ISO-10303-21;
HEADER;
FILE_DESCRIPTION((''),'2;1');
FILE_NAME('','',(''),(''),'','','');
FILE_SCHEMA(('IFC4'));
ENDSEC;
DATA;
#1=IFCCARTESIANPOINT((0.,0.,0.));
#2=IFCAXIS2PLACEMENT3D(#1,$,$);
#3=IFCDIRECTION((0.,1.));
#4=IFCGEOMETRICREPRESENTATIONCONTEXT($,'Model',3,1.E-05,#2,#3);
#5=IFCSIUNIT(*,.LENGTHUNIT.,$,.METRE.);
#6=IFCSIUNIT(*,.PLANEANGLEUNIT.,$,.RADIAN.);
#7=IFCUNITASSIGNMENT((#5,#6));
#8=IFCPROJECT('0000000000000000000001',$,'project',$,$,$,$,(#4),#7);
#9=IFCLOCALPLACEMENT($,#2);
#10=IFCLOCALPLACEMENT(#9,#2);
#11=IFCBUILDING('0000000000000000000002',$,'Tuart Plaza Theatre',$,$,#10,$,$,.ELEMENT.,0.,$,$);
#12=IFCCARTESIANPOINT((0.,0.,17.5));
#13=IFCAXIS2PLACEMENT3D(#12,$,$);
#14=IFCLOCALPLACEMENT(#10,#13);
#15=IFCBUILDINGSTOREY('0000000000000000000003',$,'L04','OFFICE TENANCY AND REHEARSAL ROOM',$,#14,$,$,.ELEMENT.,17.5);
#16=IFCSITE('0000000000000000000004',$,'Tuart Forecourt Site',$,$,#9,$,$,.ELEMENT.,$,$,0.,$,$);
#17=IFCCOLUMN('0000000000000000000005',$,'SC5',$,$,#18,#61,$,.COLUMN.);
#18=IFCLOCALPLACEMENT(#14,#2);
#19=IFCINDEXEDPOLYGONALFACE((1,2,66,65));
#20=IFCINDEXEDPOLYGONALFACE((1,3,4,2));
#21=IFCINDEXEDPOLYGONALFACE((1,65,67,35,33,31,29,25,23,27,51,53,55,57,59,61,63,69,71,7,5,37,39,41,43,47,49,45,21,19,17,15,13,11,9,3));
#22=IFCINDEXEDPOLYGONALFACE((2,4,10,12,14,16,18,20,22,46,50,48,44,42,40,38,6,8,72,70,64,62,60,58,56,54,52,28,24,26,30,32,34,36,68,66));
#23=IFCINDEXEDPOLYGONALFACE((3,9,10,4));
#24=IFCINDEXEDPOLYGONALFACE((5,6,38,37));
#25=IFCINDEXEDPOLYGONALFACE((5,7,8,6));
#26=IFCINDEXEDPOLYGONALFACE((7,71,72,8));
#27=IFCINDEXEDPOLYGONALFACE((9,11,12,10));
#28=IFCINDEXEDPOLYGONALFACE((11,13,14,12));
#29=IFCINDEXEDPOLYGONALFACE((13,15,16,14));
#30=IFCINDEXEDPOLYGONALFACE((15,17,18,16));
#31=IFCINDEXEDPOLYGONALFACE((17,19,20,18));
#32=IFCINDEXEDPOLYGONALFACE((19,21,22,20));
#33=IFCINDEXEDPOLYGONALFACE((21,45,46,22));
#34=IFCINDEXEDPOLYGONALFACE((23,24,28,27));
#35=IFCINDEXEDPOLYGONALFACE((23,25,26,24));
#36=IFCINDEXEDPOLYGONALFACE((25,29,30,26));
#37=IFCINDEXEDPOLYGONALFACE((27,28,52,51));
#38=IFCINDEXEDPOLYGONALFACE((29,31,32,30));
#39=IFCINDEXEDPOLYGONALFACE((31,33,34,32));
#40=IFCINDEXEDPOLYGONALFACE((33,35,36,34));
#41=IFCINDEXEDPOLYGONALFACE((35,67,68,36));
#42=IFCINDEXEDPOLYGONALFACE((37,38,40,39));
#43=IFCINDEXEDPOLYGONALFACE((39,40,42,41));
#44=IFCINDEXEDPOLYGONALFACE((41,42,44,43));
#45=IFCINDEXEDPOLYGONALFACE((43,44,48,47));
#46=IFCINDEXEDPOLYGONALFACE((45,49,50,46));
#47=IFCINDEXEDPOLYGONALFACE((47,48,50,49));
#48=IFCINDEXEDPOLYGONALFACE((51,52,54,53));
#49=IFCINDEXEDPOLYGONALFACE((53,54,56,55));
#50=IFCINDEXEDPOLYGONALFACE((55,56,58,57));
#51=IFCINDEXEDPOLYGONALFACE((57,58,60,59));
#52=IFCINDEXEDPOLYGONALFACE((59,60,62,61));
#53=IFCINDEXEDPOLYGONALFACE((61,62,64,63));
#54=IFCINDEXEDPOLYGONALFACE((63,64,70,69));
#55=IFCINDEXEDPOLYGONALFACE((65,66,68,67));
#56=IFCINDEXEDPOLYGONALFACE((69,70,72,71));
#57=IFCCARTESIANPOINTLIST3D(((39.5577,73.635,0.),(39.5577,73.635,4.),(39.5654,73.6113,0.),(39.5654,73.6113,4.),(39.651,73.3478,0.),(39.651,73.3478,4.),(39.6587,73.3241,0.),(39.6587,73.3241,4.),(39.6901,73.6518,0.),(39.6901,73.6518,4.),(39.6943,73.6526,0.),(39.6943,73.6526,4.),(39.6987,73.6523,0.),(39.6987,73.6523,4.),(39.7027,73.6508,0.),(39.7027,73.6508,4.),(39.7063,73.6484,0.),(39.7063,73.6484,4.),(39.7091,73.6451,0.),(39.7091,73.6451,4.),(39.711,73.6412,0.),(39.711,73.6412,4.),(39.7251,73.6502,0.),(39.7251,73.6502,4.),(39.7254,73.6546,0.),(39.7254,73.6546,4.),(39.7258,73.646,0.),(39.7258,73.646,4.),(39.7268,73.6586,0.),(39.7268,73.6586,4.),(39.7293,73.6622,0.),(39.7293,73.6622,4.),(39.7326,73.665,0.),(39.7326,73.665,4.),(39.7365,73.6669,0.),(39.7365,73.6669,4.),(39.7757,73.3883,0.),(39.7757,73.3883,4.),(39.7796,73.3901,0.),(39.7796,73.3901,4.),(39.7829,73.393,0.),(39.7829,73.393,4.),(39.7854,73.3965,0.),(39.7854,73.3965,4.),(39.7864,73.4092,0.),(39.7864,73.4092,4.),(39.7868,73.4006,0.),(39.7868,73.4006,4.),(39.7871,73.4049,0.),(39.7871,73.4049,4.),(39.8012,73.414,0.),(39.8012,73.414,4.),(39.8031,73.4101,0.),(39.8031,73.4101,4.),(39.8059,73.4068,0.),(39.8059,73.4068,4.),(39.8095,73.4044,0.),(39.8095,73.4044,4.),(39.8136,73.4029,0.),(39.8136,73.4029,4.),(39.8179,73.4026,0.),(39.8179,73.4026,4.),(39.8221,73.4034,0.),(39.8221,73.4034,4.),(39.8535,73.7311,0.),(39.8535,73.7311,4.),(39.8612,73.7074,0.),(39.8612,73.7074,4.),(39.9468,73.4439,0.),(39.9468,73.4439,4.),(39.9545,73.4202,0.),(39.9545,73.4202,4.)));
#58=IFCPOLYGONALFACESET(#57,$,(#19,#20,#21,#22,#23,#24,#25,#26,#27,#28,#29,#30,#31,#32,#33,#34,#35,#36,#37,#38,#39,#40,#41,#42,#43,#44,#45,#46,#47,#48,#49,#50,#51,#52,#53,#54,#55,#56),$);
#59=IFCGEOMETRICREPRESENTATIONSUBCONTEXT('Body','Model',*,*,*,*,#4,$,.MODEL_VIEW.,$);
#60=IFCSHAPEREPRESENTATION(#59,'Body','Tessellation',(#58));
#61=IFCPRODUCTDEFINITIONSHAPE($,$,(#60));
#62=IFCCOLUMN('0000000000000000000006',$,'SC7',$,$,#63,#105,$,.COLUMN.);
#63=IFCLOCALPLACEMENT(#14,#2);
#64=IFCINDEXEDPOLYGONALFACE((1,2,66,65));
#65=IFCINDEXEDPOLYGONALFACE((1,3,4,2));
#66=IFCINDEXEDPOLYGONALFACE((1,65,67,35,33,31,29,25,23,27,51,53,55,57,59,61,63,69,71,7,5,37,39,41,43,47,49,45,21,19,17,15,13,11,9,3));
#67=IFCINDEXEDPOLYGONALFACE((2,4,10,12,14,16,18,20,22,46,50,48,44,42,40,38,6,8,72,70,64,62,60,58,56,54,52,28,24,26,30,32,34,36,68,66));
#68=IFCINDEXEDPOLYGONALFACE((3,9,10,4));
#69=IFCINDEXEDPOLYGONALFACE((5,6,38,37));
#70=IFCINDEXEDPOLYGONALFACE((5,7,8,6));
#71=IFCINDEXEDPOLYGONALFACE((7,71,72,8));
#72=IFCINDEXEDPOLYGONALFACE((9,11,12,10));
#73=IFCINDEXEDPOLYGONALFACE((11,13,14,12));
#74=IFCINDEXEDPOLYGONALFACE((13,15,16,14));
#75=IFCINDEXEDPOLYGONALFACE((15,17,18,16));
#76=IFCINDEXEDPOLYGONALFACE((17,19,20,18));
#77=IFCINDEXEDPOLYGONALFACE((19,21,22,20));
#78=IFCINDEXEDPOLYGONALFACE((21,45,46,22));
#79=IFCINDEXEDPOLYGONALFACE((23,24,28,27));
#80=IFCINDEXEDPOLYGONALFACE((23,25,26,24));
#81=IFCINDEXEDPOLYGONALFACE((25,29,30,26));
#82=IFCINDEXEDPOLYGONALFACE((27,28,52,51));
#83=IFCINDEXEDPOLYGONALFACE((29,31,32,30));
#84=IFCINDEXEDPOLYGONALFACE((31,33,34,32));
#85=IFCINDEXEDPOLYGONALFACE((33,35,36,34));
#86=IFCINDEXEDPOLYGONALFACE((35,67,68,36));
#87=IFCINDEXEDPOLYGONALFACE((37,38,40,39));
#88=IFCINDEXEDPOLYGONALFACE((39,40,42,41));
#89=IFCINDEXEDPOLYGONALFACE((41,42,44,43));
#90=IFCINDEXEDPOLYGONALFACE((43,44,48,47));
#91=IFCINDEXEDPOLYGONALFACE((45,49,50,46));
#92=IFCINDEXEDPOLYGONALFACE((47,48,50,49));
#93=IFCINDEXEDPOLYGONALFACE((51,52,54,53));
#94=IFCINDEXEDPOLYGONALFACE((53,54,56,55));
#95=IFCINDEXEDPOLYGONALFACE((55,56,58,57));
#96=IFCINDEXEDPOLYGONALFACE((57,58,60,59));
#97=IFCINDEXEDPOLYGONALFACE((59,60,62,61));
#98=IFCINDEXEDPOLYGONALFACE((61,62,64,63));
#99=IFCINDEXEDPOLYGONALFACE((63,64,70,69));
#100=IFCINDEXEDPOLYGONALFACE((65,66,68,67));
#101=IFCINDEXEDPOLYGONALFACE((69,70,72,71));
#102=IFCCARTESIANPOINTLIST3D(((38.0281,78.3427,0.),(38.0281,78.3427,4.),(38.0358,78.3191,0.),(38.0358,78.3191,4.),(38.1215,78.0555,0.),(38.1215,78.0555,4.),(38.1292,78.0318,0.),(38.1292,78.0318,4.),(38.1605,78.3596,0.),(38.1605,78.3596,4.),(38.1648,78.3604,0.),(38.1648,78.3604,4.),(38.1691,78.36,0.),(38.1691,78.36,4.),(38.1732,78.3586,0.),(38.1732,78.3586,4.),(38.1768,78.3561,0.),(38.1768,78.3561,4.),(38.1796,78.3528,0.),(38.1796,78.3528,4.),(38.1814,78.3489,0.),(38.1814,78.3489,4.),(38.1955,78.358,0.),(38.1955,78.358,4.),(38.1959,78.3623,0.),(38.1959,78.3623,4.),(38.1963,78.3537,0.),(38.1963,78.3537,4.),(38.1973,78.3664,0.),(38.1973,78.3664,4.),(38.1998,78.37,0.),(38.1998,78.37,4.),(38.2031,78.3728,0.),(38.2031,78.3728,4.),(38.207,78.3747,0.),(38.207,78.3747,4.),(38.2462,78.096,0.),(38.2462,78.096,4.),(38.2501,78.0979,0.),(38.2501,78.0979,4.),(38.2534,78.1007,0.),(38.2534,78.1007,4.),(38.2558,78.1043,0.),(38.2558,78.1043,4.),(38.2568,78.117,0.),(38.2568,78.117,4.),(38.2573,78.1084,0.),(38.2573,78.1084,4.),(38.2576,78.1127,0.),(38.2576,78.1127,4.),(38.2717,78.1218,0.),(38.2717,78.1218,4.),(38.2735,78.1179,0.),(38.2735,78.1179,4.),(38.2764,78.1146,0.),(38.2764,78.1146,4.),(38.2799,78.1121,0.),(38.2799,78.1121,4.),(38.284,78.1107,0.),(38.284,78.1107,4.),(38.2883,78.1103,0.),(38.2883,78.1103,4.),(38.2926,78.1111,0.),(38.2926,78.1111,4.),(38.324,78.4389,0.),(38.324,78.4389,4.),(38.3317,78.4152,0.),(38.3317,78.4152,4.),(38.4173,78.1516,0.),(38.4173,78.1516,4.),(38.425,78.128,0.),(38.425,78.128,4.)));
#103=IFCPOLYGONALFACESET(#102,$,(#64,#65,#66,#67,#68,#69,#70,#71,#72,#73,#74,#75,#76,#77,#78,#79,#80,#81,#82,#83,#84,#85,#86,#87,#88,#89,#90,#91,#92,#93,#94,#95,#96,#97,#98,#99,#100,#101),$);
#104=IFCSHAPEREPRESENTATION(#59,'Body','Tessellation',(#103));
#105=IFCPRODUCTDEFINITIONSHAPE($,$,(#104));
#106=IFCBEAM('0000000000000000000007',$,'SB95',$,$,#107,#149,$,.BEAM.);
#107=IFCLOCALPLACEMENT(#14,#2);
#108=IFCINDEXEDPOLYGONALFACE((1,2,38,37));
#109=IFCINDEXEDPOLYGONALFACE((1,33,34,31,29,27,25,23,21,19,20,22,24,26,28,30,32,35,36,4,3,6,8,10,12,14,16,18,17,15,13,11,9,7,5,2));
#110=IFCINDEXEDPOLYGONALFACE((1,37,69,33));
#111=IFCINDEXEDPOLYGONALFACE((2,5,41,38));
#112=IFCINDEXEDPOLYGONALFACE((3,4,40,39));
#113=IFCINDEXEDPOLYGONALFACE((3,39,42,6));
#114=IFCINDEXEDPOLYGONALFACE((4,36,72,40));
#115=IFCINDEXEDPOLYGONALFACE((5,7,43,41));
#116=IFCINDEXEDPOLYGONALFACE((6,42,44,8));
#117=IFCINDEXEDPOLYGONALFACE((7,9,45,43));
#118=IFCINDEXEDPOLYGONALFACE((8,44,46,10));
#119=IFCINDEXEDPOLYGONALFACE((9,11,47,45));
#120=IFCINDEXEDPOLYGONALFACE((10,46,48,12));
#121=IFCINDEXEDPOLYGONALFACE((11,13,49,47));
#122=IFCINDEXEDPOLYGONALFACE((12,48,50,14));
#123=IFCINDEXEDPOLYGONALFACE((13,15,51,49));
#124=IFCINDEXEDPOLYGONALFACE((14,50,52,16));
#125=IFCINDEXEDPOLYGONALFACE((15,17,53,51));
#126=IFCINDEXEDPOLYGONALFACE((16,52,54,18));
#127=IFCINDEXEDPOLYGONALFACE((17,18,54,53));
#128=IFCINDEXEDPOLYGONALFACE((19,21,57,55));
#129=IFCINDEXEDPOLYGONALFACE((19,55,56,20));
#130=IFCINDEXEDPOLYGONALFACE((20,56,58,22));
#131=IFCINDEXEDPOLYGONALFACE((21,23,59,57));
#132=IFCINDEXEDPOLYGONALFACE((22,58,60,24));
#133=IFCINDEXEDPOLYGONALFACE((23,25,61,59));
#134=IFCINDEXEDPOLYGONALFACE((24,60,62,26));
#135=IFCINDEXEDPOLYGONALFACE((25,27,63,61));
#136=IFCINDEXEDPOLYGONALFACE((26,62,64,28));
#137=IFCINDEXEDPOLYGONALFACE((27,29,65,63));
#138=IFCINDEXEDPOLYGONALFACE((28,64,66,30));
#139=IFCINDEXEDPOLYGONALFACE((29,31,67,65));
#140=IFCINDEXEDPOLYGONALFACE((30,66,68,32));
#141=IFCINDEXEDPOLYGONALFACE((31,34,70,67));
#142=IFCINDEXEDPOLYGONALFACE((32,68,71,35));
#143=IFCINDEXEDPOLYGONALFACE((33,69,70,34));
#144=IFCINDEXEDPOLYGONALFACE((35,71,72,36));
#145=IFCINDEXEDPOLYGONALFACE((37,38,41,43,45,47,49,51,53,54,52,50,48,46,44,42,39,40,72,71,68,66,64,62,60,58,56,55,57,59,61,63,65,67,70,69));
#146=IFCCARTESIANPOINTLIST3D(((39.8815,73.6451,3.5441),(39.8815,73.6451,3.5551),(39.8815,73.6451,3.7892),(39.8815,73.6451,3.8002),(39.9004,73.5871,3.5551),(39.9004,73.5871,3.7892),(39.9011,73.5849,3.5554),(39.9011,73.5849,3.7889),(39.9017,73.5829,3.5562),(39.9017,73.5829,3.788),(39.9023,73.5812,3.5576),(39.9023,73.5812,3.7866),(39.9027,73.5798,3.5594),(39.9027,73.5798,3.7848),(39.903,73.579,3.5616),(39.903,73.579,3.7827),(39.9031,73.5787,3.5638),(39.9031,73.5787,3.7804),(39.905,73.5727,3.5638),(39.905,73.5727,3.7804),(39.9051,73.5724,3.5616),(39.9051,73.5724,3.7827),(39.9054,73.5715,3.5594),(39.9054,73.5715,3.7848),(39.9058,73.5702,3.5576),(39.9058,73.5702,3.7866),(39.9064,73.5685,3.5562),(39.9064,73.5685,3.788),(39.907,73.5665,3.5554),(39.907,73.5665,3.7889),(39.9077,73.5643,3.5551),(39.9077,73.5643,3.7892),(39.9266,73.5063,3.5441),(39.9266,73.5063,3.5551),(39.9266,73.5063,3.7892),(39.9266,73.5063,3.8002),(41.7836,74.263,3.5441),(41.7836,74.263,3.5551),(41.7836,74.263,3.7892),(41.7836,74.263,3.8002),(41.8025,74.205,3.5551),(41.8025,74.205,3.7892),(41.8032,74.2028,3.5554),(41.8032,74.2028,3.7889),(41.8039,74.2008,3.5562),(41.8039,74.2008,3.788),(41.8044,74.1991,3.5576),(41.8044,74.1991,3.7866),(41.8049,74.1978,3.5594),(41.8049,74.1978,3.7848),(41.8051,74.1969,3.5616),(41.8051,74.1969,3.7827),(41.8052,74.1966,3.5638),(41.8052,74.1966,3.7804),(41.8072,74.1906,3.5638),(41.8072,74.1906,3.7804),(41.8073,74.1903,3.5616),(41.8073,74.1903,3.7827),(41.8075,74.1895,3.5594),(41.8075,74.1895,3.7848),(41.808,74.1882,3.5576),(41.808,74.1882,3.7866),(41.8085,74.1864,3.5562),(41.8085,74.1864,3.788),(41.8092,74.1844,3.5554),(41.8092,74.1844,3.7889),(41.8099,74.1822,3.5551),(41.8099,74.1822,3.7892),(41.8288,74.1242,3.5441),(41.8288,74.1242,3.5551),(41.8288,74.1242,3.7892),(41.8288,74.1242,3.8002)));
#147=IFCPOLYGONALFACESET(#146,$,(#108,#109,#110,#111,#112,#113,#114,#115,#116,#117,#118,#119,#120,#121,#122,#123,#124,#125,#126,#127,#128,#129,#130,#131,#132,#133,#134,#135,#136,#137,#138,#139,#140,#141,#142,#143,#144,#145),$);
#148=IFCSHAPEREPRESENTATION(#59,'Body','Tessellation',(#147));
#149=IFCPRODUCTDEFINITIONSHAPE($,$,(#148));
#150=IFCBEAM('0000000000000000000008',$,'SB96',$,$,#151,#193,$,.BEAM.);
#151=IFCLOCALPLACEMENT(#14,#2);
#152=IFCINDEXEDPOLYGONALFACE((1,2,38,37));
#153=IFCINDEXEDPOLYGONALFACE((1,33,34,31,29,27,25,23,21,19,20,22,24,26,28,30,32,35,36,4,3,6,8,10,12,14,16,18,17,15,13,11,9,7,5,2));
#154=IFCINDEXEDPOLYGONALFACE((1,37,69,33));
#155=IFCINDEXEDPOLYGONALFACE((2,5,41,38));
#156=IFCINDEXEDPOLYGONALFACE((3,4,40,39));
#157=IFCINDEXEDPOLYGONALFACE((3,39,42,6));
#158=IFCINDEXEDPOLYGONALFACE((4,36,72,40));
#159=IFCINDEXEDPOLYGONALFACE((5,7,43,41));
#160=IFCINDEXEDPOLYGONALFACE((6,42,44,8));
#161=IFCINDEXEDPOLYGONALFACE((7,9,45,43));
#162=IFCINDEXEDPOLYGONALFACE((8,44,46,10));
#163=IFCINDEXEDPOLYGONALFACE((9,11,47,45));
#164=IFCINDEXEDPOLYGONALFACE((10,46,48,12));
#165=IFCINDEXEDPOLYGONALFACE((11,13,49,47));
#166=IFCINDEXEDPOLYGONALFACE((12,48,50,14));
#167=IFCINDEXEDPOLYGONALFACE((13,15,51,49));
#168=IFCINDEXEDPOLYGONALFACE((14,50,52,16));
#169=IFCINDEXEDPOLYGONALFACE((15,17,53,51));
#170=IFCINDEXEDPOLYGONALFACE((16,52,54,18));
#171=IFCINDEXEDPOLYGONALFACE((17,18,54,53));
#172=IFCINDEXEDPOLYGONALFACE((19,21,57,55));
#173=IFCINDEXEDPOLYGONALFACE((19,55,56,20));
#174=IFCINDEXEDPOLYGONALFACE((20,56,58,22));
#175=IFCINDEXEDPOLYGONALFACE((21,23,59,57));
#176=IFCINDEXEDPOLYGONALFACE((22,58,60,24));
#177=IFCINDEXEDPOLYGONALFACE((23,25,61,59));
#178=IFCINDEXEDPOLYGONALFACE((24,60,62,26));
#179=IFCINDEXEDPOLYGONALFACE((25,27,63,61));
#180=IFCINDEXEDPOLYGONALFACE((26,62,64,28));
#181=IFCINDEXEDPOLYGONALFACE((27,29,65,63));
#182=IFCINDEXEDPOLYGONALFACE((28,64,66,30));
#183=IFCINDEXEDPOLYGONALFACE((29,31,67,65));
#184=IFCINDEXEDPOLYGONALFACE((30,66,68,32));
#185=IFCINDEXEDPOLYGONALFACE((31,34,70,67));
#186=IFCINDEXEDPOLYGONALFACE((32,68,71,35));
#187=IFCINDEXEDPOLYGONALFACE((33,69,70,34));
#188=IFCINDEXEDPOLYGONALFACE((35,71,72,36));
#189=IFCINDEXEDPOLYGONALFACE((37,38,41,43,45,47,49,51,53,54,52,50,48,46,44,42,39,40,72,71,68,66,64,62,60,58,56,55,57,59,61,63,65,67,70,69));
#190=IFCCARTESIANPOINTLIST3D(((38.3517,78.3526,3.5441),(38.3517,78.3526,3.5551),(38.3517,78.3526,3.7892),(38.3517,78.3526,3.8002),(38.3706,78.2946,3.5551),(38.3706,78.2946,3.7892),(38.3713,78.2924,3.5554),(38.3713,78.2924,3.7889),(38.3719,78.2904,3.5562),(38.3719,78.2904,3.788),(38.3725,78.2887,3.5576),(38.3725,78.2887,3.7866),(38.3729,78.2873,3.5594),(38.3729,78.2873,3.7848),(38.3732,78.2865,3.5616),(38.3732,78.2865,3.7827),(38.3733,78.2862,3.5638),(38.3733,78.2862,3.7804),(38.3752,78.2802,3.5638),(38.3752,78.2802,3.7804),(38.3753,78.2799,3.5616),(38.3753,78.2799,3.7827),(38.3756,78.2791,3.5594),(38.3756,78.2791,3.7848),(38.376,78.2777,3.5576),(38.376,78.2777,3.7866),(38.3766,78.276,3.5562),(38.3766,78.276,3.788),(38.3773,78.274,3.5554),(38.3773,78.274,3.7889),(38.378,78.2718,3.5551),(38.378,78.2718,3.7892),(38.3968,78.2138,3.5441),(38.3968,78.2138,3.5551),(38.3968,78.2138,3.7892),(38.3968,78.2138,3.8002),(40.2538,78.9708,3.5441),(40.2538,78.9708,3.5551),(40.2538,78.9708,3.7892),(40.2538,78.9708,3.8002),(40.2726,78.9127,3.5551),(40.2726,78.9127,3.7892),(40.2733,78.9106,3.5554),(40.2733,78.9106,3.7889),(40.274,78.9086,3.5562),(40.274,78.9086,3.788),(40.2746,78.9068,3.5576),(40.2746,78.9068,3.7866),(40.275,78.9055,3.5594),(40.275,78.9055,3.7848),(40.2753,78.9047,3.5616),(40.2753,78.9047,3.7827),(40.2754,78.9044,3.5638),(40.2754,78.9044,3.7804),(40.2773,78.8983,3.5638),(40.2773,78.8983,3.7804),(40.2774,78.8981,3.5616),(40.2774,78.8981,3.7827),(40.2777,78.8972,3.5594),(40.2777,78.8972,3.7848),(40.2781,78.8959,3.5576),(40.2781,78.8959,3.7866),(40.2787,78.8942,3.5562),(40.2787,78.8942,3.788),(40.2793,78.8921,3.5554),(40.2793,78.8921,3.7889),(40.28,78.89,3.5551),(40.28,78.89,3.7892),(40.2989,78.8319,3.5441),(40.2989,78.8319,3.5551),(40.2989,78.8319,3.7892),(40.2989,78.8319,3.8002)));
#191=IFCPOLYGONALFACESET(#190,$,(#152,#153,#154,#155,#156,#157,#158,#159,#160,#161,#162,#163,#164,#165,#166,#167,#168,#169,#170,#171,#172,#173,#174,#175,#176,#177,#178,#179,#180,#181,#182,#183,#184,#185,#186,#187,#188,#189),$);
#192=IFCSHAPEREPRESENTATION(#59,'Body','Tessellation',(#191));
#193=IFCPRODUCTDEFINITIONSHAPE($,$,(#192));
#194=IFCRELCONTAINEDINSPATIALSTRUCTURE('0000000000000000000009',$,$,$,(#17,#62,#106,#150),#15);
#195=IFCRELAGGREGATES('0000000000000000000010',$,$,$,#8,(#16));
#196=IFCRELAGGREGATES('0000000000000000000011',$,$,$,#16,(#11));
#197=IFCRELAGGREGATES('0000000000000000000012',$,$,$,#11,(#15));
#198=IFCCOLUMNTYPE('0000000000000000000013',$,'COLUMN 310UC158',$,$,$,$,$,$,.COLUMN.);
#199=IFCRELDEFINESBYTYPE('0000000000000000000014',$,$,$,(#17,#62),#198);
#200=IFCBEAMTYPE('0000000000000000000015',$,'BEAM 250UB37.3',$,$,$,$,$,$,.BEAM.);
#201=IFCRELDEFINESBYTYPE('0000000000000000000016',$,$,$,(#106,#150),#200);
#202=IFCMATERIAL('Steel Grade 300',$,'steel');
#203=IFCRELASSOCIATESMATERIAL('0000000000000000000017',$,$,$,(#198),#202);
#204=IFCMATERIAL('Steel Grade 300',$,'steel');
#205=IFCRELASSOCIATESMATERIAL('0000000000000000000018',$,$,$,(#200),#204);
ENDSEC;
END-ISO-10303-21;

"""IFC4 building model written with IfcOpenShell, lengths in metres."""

from ifc_helpers import new_model, si_unit, direction, frame, origin, origin_2d, place, context, subcontext, project, spatial, i_section, extrude, material, material_profile, profile_set, type_object, element, save


model = new_model("IFC4")

# Units and contexts
model_context = context("Model", 3, precision=1e-05, world=origin(), true_north=direction((0.0, 1.0)))
body_context = subcontext(model_context, "Body", "Model", "MODEL_VIEW")
ifc_project = project(units=[si_unit("LENGTHUNIT", "METRE"), si_unit("PLANEANGLEUNIT", "RADIAN")], contexts=[model_context])

# Site, building, storey
site_placement = place(None, origin())
site = spatial("IfcSite", under=ifc_project, at=site_placement, Name="Tuart Forecourt Site", CompositionType="ELEMENT", RefElevation=0.0)
building_placement = place(site_placement, origin())
building = spatial("IfcBuilding", under=site, at=building_placement, Name="Tuart Plaza Theatre", CompositionType="ELEMENT", ElevationOfRefHeight=0.0)
storey_placement = place(building_placement, frame((0.0, 0.0, 17.5)))
storey = spatial("IfcBuildingStorey", under=building, at=storey_placement, Name="L04", Description="OFFICE TENANCY AND REHEARSAL ROOM", CompositionType="ELEMENT", Elevation=17.5)

# Columns
ifc_material_1 = material(Name="Steel Grade 300", Category="steel")
ifc_material_profile_1 = material_profile(ifc_material_1, i_section(OverallWidth=0.311, OverallDepth=0.3269, WebThickness=0.0156, FlangeThickness=0.0249, FilletRadius=0.0166, at=origin_2d()), Name="310UC158")
ifc_profile_set_1 = profile_set([ifc_material_profile_1], Name="Steel Grade 300")
column_type = type_object("IfcColumnType", Name="COLUMN 310UC158", PredefinedType="COLUMN", material=ifc_profile_set_1)
for number, where, z_axis, x_axis, name in (
    (1, (39.7561, 73.5276, 0.0), (0.0, 0.0, 1.0), (0.951057, 0.309017, 0.0), "SC5"),
    (2, (38.2266, 78.2354, 0.0), (0.0, 0.0, 1.0), (0.951057, 0.309017, 0.0), "SC7"),
):
    element("IfcColumn", number, at=place(storey_placement, frame(where, z_axis=z_axis, x_axis=x_axis)), inside=storey, type_object=column_type, Name=name, PredefinedType="COLUMN", context=body_context, shape_type="SweptSolid", body=[
        extrude(i_section(OverallWidth=0.311, OverallDepth=0.3269, WebThickness=0.0156, FlangeThickness=0.0249, FilletRadius=0.0166, at=origin_2d()), origin(), (0.0, 0.0, 1.0), 4.0),
    ])

# Beams
ifc_material_2 = material(Name="Steel Grade 300", Category="steel")
ifc_material_profile_2 = material_profile(ifc_material_2, i_section(OverallWidth=0.146, OverallDepth=0.2561, WebThickness=0.0063, FlangeThickness=0.011, FilletRadius=0.0088, at=origin_2d()), Name="250UB37.3")
ifc_profile_set_2 = profile_set([ifc_material_profile_2], Name="Steel Grade 300")
beam_type = type_object("IfcBeamType", Name="BEAM 250UB37.3", PredefinedType="BEAM", material=ifc_profile_set_2)
for number, where, z_axis, x_axis, name in (
    (3, (39.9041, 73.5757, 3.6721), (0.951073, 0.308967, 0.0), (-0.308967, 0.951073, 0.0), "SB95"),
    (4, (38.3743, 78.2832, 3.6721), (0.951037, 0.309078, 0.0), (-0.309078, 0.951037, 0.0), "SB96"),
):
    element("IfcBeam", number, at=place(storey_placement, frame(where, z_axis=z_axis, x_axis=x_axis)), inside=storey, type_object=beam_type, Name=name, PredefinedType="BEAM", context=body_context, shape_type="SweptSolid", body=[
        extrude(i_section(OverallWidth=0.146, OverallDepth=0.2561, WebThickness=0.0063, FlangeThickness=0.011, FilletRadius=0.0088, at=origin_2d()), origin(), (0.0, 0.0, 1.0), 2.0),
    ])

save(model, "model.ifc")
